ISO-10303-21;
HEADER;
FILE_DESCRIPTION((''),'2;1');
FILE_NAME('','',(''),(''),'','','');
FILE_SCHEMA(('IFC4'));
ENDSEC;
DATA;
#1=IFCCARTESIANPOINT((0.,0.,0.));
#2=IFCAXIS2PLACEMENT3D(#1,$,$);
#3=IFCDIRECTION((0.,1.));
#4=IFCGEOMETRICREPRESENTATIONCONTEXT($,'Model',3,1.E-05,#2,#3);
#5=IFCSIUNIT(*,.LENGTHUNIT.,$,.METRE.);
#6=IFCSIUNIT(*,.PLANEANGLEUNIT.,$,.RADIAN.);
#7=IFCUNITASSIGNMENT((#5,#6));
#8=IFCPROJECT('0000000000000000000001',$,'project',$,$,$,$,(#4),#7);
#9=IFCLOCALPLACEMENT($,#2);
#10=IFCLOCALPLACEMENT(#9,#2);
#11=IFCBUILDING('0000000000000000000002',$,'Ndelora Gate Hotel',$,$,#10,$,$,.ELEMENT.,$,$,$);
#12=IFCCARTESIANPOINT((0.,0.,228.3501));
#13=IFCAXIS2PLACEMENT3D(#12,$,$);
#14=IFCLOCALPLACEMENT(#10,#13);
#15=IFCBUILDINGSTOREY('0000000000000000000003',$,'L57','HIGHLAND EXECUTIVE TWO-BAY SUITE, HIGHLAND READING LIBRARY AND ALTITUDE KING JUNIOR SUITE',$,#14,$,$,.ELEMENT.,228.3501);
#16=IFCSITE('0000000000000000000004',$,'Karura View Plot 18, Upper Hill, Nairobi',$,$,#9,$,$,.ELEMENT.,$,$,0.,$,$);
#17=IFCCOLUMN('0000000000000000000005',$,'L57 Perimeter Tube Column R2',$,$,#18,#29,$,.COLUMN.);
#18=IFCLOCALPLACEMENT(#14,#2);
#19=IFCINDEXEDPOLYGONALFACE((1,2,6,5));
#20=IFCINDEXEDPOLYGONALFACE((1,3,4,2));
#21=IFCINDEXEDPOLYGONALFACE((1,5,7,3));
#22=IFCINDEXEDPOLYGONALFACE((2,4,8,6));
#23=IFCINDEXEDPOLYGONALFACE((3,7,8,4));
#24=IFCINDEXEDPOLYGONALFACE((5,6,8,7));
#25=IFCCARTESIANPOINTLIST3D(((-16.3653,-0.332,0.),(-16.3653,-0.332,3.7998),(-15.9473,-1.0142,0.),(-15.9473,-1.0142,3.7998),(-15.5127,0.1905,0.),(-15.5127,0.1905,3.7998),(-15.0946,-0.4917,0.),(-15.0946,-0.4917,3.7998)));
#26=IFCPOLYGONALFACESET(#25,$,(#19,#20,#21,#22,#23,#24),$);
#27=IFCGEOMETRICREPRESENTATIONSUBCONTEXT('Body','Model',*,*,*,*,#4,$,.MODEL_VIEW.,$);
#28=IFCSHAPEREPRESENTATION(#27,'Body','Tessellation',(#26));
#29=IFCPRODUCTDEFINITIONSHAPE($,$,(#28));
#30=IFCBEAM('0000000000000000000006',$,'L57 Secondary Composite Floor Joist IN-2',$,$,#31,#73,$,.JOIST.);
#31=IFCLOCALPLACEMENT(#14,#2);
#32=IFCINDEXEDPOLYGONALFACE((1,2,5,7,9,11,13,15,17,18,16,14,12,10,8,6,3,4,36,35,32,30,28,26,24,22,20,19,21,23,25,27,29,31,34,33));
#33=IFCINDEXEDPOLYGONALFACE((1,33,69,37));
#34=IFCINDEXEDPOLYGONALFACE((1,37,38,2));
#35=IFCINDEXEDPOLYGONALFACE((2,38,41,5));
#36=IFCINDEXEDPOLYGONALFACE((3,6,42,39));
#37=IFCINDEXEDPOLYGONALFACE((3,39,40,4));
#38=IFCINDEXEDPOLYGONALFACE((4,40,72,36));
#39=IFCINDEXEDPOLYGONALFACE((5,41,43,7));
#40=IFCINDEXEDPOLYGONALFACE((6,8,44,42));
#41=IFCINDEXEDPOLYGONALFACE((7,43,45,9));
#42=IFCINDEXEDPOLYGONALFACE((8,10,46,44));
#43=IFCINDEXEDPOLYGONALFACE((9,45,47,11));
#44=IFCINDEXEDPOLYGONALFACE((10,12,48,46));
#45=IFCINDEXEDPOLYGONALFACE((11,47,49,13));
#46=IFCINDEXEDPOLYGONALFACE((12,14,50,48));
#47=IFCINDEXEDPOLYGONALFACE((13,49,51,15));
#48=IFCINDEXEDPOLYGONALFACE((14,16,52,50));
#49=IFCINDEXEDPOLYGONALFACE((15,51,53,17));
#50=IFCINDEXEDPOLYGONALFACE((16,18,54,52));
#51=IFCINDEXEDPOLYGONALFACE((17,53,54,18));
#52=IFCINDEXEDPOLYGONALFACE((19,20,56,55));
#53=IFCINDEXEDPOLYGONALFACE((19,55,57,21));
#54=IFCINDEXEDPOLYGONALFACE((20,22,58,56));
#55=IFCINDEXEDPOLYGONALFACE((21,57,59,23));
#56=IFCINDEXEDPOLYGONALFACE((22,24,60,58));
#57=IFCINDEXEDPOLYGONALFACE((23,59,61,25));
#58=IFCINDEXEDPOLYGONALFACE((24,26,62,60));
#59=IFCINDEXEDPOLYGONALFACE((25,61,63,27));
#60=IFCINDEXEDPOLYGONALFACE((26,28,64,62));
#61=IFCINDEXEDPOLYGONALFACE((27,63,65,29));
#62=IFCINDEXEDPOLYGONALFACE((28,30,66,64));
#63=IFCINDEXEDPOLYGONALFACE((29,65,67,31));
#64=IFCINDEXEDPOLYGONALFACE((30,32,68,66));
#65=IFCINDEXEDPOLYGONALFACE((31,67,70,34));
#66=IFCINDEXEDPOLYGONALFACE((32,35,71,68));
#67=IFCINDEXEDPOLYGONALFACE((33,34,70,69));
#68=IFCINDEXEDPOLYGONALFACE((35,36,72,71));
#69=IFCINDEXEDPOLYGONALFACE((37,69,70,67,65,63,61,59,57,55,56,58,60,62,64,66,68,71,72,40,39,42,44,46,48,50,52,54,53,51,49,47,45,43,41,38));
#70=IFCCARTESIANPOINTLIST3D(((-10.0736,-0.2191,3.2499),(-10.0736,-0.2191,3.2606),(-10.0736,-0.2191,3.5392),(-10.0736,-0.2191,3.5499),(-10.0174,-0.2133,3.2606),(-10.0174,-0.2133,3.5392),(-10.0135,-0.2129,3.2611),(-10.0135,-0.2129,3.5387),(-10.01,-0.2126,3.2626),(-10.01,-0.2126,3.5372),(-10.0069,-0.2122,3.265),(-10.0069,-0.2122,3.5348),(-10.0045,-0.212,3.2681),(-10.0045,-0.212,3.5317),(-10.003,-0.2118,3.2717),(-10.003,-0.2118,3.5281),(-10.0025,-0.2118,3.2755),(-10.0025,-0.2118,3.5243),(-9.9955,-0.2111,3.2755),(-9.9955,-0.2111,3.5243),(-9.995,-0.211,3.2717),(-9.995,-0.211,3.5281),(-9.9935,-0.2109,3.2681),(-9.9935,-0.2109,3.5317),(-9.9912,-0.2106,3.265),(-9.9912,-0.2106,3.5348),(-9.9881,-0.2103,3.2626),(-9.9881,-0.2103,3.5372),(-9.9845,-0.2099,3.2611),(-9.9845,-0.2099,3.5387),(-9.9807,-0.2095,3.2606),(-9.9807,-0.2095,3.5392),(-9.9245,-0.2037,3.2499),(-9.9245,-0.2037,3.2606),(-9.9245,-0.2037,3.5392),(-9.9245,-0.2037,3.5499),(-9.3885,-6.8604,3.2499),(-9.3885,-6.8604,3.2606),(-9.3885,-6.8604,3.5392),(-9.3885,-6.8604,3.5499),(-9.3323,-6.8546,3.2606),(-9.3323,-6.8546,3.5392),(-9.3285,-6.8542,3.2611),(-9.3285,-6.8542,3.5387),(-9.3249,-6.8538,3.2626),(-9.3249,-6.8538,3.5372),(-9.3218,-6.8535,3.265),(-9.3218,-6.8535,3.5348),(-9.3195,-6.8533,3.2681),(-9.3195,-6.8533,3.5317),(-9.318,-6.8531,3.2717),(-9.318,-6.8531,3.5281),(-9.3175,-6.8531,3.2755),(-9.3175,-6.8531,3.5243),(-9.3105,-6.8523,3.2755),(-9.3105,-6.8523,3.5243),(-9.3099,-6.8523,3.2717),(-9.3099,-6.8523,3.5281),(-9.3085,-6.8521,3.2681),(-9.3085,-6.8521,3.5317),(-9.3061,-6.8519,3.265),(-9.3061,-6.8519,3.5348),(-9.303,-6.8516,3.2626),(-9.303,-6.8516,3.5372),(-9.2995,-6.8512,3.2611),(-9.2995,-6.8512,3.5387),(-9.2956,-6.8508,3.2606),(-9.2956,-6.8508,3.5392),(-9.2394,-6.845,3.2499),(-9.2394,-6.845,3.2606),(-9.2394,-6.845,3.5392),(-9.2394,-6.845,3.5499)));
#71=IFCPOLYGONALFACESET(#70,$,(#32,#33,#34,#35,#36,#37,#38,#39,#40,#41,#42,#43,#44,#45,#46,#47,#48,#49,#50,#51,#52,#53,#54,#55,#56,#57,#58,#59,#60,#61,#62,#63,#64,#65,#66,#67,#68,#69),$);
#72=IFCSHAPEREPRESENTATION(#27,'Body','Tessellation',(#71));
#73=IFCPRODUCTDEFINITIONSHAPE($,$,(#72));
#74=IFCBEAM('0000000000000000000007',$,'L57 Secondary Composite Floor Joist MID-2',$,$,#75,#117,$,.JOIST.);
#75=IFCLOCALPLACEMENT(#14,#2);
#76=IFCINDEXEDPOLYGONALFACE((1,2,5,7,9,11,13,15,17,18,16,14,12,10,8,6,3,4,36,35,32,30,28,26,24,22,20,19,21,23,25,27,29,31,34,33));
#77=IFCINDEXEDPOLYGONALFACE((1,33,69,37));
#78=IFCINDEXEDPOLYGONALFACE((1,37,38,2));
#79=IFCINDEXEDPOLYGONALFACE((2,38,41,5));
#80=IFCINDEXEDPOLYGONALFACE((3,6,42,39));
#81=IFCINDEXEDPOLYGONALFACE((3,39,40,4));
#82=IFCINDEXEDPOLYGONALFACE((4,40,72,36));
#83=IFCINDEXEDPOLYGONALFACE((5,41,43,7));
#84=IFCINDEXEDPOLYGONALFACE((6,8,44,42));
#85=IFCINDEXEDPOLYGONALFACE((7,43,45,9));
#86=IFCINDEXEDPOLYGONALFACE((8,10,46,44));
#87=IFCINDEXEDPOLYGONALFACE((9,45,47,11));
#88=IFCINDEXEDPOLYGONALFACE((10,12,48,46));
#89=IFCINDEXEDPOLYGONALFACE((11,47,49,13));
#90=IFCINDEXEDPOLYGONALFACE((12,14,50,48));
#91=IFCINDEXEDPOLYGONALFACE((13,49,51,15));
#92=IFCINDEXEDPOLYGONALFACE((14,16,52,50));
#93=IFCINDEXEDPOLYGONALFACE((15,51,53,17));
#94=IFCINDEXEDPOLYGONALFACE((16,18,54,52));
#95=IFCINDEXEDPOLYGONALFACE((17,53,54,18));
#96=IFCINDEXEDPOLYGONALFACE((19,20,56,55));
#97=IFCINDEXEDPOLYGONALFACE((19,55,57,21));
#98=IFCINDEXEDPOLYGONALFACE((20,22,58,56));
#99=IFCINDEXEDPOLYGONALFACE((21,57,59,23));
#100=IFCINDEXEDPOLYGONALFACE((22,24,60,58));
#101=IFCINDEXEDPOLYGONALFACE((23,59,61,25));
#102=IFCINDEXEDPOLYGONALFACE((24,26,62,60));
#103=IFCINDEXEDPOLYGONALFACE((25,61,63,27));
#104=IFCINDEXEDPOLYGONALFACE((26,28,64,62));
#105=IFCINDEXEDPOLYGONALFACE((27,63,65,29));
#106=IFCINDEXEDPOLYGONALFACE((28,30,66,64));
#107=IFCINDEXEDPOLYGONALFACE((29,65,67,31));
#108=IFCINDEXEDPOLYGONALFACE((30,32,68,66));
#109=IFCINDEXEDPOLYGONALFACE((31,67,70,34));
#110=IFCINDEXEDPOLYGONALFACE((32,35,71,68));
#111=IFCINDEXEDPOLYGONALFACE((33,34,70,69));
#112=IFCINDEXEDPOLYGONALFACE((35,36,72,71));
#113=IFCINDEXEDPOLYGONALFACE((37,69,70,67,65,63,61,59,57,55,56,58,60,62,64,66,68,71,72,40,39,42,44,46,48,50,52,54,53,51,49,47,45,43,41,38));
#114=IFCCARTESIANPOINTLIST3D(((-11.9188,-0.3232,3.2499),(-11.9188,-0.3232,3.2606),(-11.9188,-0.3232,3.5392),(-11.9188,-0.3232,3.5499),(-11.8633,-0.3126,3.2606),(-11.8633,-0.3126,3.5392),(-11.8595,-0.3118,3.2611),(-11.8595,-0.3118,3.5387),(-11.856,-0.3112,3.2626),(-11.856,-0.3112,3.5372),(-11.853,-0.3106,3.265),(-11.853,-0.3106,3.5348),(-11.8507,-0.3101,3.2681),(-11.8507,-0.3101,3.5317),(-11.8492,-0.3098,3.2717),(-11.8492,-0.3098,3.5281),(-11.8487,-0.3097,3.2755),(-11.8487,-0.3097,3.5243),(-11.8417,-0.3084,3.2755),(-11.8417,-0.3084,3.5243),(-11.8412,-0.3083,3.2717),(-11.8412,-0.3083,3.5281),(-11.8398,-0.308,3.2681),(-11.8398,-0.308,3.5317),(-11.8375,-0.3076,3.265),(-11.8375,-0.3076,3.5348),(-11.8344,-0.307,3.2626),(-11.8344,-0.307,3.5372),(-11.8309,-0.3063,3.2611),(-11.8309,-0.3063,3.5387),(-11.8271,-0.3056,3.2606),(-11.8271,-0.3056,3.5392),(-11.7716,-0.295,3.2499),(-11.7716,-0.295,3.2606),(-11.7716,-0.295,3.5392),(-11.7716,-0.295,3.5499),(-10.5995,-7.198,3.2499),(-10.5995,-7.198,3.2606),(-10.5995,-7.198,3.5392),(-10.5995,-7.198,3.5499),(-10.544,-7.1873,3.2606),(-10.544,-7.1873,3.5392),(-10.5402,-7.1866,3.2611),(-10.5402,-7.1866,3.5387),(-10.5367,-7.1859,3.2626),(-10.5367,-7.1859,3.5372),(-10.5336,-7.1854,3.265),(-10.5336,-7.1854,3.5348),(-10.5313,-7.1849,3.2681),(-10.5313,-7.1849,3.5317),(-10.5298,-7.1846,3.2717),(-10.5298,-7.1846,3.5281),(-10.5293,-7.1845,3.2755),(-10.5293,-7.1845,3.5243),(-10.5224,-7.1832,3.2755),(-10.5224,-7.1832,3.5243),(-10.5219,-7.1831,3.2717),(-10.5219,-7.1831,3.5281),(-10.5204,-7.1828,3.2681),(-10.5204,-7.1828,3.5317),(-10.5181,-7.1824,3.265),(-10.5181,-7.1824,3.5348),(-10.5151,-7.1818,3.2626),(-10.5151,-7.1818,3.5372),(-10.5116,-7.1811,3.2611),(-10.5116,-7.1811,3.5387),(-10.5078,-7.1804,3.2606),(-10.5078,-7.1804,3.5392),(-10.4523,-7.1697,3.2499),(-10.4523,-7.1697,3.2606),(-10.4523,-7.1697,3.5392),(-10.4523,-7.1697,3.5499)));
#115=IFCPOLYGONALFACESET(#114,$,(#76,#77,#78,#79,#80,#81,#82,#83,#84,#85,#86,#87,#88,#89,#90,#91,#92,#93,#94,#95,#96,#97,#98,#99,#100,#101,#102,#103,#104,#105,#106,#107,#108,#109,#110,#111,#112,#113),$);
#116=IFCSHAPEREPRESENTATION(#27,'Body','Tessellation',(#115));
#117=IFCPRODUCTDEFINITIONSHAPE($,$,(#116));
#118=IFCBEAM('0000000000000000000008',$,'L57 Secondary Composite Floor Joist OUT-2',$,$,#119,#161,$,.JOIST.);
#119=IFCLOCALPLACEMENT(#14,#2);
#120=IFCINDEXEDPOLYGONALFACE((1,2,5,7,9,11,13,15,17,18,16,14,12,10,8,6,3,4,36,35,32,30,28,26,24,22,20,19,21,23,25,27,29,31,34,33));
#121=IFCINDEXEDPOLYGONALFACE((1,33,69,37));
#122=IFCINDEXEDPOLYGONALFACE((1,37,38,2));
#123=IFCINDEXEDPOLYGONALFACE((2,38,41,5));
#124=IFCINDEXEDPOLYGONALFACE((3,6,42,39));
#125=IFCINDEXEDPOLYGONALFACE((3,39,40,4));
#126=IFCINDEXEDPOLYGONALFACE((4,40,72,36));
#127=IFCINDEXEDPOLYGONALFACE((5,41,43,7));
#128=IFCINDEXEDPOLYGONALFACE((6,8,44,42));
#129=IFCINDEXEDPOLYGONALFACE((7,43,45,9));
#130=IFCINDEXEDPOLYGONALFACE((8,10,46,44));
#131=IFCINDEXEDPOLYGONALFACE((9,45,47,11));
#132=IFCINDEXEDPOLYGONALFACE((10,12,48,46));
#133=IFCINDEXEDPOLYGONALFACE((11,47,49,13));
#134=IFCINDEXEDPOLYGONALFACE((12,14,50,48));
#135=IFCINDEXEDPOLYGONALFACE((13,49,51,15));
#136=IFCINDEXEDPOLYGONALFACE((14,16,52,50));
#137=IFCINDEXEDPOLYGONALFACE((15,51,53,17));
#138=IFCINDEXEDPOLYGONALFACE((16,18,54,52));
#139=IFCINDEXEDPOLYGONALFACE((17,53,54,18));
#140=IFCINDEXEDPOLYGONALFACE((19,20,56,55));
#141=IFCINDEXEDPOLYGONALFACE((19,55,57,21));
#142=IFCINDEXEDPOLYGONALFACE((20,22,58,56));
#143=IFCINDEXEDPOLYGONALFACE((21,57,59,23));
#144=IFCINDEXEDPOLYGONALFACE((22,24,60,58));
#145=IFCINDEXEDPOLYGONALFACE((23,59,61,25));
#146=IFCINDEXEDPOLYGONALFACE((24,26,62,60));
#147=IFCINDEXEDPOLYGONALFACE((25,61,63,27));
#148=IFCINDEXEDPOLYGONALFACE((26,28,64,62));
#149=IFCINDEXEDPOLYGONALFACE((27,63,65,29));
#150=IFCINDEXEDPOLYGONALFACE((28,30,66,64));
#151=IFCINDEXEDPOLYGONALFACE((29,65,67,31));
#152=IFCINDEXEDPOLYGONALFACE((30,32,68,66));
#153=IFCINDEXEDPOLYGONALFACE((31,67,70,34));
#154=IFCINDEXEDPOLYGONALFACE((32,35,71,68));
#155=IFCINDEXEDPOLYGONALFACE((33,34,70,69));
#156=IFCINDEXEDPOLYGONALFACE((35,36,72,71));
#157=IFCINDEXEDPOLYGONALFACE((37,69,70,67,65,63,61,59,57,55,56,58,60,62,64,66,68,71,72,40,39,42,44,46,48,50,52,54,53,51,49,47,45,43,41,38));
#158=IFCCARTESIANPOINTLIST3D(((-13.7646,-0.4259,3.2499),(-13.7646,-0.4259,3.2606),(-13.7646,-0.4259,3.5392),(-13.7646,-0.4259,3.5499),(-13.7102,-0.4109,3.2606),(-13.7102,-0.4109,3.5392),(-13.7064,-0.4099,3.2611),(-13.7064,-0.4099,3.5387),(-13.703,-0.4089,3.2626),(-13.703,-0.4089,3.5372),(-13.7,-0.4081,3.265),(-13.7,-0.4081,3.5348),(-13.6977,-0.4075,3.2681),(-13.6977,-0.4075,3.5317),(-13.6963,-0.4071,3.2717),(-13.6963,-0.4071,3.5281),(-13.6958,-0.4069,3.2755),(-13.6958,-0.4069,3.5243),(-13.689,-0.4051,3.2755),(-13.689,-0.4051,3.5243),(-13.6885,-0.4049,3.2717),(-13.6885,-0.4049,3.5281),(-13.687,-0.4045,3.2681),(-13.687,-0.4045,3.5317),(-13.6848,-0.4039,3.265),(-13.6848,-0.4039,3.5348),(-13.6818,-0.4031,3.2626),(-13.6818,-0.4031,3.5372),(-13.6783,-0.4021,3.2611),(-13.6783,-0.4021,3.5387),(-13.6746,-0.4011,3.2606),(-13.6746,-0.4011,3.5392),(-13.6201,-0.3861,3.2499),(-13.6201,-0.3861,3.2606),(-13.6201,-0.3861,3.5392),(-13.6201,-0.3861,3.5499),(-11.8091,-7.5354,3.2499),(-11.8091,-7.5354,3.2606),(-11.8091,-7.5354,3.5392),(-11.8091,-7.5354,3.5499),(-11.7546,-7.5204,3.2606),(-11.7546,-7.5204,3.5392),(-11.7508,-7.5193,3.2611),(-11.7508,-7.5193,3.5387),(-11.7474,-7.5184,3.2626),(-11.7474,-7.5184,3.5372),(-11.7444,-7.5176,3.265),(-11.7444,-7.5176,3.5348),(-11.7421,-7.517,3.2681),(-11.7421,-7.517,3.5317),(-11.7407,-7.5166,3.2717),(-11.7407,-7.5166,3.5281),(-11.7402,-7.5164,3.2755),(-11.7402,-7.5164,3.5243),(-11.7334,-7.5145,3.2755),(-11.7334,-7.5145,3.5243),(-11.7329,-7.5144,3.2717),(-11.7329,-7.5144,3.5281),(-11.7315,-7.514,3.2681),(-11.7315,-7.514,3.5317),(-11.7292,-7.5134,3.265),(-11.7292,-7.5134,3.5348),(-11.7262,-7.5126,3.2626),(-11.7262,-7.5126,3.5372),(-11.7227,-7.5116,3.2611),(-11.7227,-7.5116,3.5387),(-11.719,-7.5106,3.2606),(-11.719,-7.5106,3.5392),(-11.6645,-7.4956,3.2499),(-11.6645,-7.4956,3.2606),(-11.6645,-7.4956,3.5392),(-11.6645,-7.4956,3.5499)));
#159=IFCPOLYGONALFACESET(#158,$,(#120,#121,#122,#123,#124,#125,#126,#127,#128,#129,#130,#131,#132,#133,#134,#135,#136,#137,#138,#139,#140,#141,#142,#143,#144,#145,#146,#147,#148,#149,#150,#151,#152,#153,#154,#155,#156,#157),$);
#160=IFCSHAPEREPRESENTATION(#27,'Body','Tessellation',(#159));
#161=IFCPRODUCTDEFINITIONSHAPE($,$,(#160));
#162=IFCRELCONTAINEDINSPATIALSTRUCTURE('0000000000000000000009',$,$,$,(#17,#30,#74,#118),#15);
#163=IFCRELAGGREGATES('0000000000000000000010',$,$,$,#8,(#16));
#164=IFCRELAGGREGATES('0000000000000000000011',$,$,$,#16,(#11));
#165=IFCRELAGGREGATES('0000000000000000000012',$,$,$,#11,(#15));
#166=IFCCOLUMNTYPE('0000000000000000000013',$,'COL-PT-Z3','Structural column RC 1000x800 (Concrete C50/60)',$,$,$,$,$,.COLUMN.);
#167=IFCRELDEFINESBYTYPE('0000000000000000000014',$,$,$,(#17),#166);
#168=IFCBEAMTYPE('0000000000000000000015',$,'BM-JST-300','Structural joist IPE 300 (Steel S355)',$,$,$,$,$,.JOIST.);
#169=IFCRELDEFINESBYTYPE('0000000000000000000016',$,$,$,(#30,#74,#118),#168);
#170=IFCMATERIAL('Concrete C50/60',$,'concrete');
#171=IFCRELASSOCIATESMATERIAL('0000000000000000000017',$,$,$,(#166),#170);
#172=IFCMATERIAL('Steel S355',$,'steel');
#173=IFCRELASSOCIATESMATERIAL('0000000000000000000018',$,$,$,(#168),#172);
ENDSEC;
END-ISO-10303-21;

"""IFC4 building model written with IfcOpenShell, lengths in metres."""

from ifc_helpers import new_model, si_unit, direction, frame, origin, origin_2d, place, context, subcontext, project, spatial, rectangle, i_section, extrude, material, material_profile, profile_set, type_object, element, save


model = new_model("IFC4")

# Units and contexts
model_context = context("Model", 3, precision=1e-05, world=origin(), true_north=direction((0.0, 1.0)))
body_context = subcontext(model_context, "Body", "Model", "MODEL_VIEW")
ifc_project = project(units=[si_unit("LENGTHUNIT", "METRE"), si_unit("PLANEANGLEUNIT", "RADIAN")], contexts=[model_context])

# Site, building, storey
site_placement = place(None, origin())
site = spatial("IfcSite", under=ifc_project, at=site_placement, Name="Karura View Plot 18, Upper Hill, Nairobi", CompositionType="ELEMENT", RefElevation=0.0)
building_placement = place(site_placement, origin())
building = spatial("IfcBuilding", under=site, at=building_placement, Name="Ndelora Gate Hotel", CompositionType="ELEMENT")
storey_placement = place(building_placement, frame((0.0, 0.0, 228.3501)))
storey = spatial("IfcBuildingStorey", under=building, at=storey_placement, Name="L57", Description="HIGHLAND EXECUTIVE TWO-BAY SUITE, HIGHLAND READING LIBRARY AND ALTITUDE KING JUNIOR SUITE", CompositionType="ELEMENT", Elevation=228.3501)

# Column
ifc_material_1 = material(Name="Concrete C50/60", Category="concrete")
ifc_material_profile_1 = material_profile(ifc_material_1, rectangle(XDim=0.8, YDim=1.0, at=origin_2d()), Name="RC 1000x800")
ifc_profile_set_1 = profile_set([ifc_material_profile_1], Name="Concrete C50/60")
column_type = type_object("IfcColumnType", Name="COL-PT-Z3", Description="Structural column RC 1000x800 (Concrete C50/60)", PredefinedType="COLUMN", material=ifc_profile_set_1)
column_placement = place(storey_placement, frame((-15.73, -0.4119, 0.0), z_axis=(0.0, 0.0, 1.0), x_axis=(-0.522499, 0.85264, 0.0)))
element("IfcColumn", 1, at=column_placement, inside=storey, type_object=column_type, Name="L57 Perimeter Tube Column R2", PredefinedType="COLUMN", context=body_context, shape_type="SweptSolid", body=[
    extrude(rectangle(XDim=0.8, YDim=1.0, at=origin_2d()), origin(), (0.0, 0.0, 1.0), 3.7998),
])

# Beams
ifc_material_2 = material(Name="Steel S355", Category="steel")
ifc_material_profile_2 = material_profile(ifc_material_2, i_section(OverallWidth=0.1499, OverallDepth=0.3, WebThickness=0.0071, FlangeThickness=0.0107, FilletRadius=0.0149, at=origin_2d()), Name="IPE 300")
ifc_profile_set_2 = profile_set([ifc_material_profile_2], Name="Steel S355")
beam_type_1 = type_object("IfcBeamType", Name="BM-JST-300", Description="Structural joist IPE 300 (Steel S355)", PredefinedType="JOIST", material=ifc_profile_set_2)
beam_1_placement = place(storey_placement, frame((-9.999, -0.2114, 3.3999), z_axis=(0.102606, -0.994722, 0.0), x_axis=(0.994722, 0.102606, 0.0)))
element("IfcBeam", 2, at=beam_1_placement, inside=storey, type_object=beam_type_1, Name="L57 Secondary Composite Floor Joist IN-2", PredefinedType="JOIST", context=body_context, shape_type="SweptSolid", body=[
    extrude(i_section(OverallWidth=0.1499, OverallDepth=0.3, WebThickness=0.0071, FlangeThickness=0.0107, FilletRadius=0.0149, at=origin_2d()), origin(), (0.0, 0.0, 1.0), 6.6765),
])
beam_2_placement = place(storey_placement, frame((-11.8452, -0.3091, 3.3999), z_axis=(0.188471, -0.982079, 0.0), x_axis=(0.982079, 0.188471, 0.0)))
element("IfcBeam", 3, at=beam_2_placement, inside=storey, type_object=beam_type_1, Name="L57 Secondary Composite Floor Joist MID-2", PredefinedType="JOIST", context=body_context, shape_type="SweptSolid", body=[
    extrude(i_section(OverallWidth=0.1499, OverallDepth=0.3, WebThickness=0.0071, FlangeThickness=0.0107, FilletRadius=0.0149, at=origin_2d()), origin(), (0.0, 0.0, 1.0), 7.0002),
])
beam_3_placement = place(storey_placement, frame((-13.6924, -0.406, 3.3999), z_axis=(0.265218, -0.964188, 0.0), x_axis=(0.964188, 0.265218, 0.0)))
element("IfcBeam", 4, at=beam_3_placement, inside=storey, type_object=beam_type_1, Name="L57 Secondary Composite Floor Joist OUT-2", PredefinedType="JOIST", context=body_context, shape_type="SweptSolid", body=[
    extrude(i_section(OverallWidth=0.1499, OverallDepth=0.3, WebThickness=0.0071, FlangeThickness=0.0107, FilletRadius=0.0149, at=origin_2d()), origin(), (0.0, 0.0, 1.0), 7.3735),
])

save(model, "model.ifc")
